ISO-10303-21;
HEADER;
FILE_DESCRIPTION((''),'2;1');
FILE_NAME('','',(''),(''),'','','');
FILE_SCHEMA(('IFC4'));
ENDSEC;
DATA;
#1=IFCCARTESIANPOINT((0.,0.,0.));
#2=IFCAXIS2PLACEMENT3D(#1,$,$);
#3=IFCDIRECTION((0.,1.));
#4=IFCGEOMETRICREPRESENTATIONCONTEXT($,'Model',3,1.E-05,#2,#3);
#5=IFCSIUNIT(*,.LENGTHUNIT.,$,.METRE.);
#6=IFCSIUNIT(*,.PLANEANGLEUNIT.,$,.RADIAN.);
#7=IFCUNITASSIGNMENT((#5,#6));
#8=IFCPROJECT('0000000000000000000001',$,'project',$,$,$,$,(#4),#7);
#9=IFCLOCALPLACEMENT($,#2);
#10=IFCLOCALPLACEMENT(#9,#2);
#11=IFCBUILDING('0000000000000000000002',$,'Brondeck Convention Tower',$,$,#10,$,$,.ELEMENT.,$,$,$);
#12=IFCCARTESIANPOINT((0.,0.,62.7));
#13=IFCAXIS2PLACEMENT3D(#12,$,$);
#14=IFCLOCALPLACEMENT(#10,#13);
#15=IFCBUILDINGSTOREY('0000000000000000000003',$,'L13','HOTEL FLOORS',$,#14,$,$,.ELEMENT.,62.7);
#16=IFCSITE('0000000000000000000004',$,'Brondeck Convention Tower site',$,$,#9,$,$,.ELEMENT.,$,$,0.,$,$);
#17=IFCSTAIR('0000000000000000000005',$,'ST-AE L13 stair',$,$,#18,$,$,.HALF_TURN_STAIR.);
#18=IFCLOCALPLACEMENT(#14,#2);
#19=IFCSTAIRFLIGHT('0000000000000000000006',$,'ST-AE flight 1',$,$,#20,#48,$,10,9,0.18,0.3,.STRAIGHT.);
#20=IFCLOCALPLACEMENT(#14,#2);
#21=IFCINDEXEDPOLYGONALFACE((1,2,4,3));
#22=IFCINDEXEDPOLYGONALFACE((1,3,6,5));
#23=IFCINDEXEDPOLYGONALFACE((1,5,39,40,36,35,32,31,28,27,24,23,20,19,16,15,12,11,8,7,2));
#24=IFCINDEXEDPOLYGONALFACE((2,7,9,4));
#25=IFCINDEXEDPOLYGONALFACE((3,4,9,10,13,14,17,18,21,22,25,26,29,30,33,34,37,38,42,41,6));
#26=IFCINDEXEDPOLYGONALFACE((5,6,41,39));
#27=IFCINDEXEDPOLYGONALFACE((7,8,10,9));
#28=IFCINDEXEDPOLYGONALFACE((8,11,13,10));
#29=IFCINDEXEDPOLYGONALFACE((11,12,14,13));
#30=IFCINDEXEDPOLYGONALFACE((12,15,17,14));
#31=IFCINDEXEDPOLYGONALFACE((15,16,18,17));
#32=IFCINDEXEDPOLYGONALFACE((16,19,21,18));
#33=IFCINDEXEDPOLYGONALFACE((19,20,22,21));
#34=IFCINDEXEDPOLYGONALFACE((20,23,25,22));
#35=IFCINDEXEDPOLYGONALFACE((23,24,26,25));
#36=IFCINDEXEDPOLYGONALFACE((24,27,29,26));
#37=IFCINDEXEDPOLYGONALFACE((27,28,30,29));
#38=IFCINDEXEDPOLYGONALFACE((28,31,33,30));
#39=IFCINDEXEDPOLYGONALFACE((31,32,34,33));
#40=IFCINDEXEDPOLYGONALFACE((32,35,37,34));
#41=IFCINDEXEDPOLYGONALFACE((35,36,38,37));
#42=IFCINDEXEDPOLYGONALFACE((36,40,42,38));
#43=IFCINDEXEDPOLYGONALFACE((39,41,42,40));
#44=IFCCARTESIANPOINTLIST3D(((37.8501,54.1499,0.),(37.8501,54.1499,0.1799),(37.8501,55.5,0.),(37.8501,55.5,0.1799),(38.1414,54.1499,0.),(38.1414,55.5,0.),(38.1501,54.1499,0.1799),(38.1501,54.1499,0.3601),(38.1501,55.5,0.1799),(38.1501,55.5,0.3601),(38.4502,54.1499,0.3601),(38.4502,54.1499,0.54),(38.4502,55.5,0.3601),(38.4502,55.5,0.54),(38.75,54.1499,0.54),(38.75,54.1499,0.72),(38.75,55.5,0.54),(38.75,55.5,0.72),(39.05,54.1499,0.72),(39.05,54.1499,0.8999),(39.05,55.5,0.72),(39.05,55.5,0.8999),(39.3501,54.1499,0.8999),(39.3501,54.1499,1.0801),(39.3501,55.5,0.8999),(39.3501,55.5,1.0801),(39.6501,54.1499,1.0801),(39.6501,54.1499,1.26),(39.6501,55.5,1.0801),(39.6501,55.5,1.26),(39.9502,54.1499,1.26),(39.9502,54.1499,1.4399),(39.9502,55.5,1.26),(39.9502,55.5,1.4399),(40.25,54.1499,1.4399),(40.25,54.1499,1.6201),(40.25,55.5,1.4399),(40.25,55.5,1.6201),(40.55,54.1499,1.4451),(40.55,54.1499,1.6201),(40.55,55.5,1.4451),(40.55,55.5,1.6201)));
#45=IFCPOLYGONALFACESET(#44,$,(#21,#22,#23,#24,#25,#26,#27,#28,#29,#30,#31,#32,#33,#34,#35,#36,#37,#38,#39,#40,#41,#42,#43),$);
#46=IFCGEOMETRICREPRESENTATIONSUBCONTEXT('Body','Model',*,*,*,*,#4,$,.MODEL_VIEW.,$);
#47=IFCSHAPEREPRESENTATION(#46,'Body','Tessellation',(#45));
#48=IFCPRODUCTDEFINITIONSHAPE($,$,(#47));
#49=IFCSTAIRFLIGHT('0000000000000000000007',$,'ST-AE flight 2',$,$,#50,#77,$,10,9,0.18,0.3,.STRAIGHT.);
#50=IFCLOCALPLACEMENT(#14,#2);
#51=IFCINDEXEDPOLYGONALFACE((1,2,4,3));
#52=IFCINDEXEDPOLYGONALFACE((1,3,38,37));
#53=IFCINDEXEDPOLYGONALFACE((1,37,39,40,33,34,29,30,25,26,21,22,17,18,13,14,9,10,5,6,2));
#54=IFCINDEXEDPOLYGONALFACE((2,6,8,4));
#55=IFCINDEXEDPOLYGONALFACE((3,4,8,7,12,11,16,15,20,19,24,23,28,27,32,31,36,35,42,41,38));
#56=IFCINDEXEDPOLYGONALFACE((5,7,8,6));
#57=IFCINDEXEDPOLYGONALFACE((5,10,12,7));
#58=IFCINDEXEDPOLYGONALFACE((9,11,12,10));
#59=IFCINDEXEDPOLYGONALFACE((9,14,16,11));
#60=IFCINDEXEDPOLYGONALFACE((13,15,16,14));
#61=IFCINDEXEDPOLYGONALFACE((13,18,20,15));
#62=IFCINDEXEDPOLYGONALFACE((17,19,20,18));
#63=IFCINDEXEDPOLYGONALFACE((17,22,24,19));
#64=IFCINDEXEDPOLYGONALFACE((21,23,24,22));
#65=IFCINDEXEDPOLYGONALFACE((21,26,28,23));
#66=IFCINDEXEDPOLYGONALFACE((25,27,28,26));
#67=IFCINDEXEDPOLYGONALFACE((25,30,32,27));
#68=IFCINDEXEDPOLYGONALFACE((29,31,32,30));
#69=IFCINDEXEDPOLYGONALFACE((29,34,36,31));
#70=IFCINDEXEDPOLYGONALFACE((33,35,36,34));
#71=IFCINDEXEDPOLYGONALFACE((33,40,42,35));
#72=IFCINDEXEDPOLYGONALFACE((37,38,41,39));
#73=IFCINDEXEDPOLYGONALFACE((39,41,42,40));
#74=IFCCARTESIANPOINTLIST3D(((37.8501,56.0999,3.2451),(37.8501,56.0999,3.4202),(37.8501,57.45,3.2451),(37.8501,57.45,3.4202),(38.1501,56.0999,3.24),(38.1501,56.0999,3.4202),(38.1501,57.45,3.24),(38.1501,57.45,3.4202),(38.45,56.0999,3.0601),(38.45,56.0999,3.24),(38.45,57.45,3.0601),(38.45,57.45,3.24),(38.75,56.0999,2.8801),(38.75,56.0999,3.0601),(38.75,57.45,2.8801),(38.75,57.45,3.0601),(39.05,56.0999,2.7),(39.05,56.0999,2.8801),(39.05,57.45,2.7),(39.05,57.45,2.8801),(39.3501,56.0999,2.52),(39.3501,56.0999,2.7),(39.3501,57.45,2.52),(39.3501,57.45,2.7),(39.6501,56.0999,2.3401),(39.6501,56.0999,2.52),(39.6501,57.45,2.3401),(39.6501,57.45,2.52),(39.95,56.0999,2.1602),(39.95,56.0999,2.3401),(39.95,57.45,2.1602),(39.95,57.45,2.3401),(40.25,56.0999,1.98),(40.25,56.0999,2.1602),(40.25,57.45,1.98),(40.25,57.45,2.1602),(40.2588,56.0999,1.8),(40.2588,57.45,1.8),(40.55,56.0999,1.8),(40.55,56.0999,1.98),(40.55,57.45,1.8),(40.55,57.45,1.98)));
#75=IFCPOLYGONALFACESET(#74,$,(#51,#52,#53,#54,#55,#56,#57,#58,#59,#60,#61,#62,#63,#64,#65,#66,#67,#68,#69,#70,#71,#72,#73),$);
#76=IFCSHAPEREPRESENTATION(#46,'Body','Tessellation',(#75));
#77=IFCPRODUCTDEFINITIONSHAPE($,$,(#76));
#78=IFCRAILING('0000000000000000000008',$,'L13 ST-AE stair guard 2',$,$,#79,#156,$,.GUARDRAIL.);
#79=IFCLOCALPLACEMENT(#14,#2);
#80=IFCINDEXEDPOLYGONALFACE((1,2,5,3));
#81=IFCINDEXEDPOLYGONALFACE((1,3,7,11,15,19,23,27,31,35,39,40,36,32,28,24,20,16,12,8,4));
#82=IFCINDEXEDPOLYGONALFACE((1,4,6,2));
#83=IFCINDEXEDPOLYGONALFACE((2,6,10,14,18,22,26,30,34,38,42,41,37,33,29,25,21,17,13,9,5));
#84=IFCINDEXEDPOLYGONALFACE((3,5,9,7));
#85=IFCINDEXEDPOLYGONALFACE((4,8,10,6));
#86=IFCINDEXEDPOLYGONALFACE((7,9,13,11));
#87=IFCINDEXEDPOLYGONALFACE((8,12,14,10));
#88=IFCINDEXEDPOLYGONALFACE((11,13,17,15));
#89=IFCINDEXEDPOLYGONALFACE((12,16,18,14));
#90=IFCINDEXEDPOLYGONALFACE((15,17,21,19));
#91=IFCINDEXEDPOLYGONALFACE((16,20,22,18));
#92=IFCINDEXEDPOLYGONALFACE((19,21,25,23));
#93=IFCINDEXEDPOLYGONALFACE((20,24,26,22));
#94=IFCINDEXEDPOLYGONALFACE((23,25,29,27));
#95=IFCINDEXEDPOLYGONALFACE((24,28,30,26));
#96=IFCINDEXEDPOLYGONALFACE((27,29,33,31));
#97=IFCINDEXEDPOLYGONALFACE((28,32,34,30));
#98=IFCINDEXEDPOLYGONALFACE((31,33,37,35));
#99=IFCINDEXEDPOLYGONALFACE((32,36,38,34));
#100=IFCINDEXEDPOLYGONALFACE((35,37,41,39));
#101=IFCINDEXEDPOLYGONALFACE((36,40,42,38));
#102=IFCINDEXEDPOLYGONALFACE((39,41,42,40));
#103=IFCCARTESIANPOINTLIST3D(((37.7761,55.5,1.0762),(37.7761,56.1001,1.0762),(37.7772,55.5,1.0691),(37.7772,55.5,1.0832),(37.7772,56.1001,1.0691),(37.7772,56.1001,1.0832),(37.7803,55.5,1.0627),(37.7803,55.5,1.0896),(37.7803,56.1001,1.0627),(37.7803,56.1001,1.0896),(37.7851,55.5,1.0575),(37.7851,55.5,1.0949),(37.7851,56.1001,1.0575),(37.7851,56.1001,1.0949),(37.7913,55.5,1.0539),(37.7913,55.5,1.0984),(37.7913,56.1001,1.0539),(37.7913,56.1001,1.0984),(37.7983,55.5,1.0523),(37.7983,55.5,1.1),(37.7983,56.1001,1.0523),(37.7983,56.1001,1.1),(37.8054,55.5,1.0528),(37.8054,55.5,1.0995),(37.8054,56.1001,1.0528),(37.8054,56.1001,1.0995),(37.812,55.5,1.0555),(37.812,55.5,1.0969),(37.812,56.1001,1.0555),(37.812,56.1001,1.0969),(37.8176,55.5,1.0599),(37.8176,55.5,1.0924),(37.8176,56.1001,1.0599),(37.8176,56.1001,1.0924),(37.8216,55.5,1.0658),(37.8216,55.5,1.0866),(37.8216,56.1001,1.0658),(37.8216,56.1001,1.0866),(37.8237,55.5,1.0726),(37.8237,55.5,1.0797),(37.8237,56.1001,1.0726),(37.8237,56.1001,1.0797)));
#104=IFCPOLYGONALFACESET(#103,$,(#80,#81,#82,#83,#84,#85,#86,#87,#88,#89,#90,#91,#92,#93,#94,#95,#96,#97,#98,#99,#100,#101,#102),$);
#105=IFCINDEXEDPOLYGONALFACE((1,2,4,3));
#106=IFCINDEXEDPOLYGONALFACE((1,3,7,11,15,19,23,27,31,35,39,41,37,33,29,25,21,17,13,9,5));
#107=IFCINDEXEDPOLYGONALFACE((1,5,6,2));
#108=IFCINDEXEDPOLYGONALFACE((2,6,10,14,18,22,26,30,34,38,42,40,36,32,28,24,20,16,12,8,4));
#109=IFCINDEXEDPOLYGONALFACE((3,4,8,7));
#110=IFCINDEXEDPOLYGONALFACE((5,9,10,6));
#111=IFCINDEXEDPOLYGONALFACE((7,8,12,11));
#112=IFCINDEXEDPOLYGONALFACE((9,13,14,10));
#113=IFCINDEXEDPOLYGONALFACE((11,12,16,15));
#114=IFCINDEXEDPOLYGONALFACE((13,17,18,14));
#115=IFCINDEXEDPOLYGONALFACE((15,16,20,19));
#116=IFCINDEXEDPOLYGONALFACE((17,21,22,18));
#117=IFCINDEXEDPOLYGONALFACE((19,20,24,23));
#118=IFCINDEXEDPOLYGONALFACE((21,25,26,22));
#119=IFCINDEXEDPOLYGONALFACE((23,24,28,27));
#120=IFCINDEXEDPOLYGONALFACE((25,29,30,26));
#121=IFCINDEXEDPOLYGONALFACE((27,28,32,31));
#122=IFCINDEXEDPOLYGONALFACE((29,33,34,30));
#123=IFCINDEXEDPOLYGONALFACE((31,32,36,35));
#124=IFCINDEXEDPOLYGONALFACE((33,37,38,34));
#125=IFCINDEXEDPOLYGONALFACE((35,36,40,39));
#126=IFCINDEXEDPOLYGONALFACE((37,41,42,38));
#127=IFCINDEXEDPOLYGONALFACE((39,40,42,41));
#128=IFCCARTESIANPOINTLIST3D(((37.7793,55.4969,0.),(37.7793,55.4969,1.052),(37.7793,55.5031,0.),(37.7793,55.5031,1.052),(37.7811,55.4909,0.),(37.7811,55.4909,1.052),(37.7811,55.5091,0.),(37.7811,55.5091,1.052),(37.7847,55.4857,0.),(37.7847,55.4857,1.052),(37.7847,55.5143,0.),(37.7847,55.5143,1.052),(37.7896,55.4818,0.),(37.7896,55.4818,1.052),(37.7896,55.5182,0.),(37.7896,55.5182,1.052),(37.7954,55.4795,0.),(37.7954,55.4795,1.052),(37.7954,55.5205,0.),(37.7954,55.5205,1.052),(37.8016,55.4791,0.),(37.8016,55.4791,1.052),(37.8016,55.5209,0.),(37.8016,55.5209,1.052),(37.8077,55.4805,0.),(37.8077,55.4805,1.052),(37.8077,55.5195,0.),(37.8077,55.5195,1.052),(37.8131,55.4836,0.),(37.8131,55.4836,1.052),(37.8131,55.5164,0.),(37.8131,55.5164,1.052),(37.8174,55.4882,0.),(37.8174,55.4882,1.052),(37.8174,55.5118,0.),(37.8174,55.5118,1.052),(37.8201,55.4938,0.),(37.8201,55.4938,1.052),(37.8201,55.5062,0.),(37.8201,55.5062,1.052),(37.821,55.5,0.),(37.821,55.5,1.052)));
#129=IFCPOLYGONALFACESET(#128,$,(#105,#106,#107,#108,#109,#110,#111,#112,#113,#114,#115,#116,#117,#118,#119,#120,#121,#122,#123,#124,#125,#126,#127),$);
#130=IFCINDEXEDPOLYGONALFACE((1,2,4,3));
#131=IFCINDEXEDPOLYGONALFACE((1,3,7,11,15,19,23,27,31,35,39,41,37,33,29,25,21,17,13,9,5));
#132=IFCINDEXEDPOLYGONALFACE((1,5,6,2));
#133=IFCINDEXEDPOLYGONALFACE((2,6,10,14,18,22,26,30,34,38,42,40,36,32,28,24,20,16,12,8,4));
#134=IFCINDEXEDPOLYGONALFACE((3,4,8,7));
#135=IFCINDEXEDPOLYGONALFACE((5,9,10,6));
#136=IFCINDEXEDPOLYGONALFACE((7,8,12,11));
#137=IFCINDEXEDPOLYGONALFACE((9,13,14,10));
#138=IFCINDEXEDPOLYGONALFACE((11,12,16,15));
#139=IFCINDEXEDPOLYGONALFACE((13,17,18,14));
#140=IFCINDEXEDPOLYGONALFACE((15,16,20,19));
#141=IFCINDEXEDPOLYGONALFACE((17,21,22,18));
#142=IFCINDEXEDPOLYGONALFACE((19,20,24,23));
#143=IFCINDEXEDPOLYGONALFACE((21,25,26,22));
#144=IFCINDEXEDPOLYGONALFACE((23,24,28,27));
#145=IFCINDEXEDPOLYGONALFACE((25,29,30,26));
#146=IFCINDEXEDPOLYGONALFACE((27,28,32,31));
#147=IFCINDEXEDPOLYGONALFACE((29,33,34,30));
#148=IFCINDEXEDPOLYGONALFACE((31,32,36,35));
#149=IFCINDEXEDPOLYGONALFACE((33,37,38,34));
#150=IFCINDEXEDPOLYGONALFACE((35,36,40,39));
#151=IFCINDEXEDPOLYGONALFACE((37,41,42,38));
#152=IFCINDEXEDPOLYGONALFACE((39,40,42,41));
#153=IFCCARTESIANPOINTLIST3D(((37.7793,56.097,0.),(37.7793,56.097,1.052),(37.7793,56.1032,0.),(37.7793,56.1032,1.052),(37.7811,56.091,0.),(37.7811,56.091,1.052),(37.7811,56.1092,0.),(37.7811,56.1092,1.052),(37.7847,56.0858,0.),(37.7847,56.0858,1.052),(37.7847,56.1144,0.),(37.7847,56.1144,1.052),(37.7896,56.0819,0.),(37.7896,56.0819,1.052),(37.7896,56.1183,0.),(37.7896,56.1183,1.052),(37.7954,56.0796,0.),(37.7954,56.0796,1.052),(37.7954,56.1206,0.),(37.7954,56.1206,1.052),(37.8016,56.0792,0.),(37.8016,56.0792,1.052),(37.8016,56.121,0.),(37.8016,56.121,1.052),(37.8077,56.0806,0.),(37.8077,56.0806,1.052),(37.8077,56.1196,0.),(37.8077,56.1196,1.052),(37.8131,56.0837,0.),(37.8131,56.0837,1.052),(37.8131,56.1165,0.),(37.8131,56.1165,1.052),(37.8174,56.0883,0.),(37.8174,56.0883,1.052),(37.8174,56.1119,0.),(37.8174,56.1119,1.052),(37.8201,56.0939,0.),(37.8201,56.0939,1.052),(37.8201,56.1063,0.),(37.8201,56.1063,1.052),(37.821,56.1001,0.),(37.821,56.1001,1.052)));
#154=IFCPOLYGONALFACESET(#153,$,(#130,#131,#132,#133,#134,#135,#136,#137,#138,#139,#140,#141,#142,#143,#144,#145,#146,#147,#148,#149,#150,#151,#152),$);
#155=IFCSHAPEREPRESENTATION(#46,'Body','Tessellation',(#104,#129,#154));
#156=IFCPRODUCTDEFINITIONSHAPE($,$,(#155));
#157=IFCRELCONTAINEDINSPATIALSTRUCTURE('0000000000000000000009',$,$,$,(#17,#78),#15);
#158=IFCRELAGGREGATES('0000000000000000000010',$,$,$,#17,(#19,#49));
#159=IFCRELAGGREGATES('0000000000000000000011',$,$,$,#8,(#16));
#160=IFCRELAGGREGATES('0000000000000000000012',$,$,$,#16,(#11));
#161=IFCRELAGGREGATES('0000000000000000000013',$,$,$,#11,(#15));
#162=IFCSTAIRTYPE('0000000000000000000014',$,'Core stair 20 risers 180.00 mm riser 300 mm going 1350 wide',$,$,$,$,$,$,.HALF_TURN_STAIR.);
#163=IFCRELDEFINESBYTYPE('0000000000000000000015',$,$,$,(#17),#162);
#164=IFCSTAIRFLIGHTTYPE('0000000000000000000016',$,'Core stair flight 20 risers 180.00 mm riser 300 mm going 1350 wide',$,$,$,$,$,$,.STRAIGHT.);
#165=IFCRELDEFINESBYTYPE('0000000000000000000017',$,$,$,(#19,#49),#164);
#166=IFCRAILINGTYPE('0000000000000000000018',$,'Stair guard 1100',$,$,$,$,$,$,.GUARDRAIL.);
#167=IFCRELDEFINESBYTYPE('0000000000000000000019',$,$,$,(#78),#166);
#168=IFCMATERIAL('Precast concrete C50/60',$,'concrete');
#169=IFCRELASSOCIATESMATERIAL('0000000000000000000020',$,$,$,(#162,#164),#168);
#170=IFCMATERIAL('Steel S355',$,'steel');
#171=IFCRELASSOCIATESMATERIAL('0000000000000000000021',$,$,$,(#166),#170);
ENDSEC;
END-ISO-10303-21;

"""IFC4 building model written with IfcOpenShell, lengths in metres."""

from ifc_helpers import new_model, si_unit, direction, frame, origin, origin_2d, place, context, subcontext, project, spatial, polyline, circle, outline, extrude, material, type_object, element, aggregate, save


model = new_model("IFC4")

# Units and contexts
model_context = context("Model", 3, precision=1e-05, world=origin(), true_north=direction((0.0, 1.0)))
body_context = subcontext(model_context, "Body", "Model", "MODEL_VIEW")
ifc_project = project(units=[si_unit("LENGTHUNIT", "METRE"), si_unit("PLANEANGLEUNIT", "RADIAN")], contexts=[model_context])

# Site, building, storey
site_placement = place(None, origin())
site = spatial("IfcSite", under=ifc_project, at=site_placement, Name="Brondeck Convention Tower site", CompositionType="ELEMENT", RefElevation=0.0)
building_placement = place(site_placement, origin())
building = spatial("IfcBuilding", under=site, at=building_placement, Name="Brondeck Convention Tower", CompositionType="ELEMENT")
storey_placement = place(building_placement, frame((0.0, 0.0, 62.7)))
storey = spatial("IfcBuildingStorey", under=building, at=storey_placement, Name="L13", Description="HOTEL FLOORS", CompositionType="ELEMENT", Elevation=62.7)

# Stair, stair flights
ifc_material_1 = material(Name="Precast concrete C50/60", Category="concrete")
stair_type = type_object("IfcStairType", Name="Core stair 20 risers 180.00 mm riser 300 mm going 1350 wide", PredefinedType="HALF_TURN_STAIR", material=ifc_material_1)
stair_placement = place(storey_placement, origin())
stair = element("IfcStair", 1, at=stair_placement, inside=storey, type_object=stair_type, Name="ST-AE L13 stair", PredefinedType="HALF_TURN_STAIR")
stair_flight_type = type_object("IfcStairFlightType", Name="Core stair flight 20 risers 180.00 mm riser 300 mm going 1350 wide", PredefinedType="STRAIGHT", material=ifc_material_1)
stair_flight_1_placement = place(storey_placement, frame((37.8501, 54.825, 0.0), z_axis=(0.0, 0.0, 1.0), x_axis=(1.0, 0.0, 0.0)))
stair_flight_1 = element("IfcStairFlight", 2, at=stair_flight_1_placement, type_object=stair_flight_type, Name="ST-AE flight 1", NumberOfRisers=10, NumberOfTreads=9, PredefinedType="STRAIGHT", RiserHeight=0.18, TreadLength=0.3, context=body_context, shape_type="SweptSolid", body=[
    extrude(outline(polyline([(0.0, 0.0), (0.0, 0.1799), (0.3, 0.1799), (0.3, 0.3601), (0.6001, 0.3601), (0.6001, 0.54), (0.8999, 0.54), (0.8999, 0.72), (1.2, 0.72), (1.2, 0.8999), (1.5, 0.8999), (1.5, 1.0801), (1.8, 1.0801), (1.8, 1.26), (2.1001, 1.26), (2.1001, 1.4399), (2.3999, 1.4399), (2.3999, 1.6201), (2.7, 1.6201), (2.7, 1.8), (2.7, 1.4451), (0.2913, 0.0), (0.0, 0.0)])), frame((0.0, 0.675, 0.0), z_axis=(0.0, -1.0, 0.0), x_axis=(1.0, 0.0, 0.0)), (0.0, 0.0, 1.0), 1.3501),
])
stair_flight_2_placement = place(storey_placement, frame((40.55, 56.7749, 1.8), z_axis=(0.0, 0.0, 1.0), x_axis=(-1.0, 0.0, 0.0)))
stair_flight_2 = element("IfcStairFlight", 3, at=stair_flight_2_placement, type_object=stair_flight_type, Name="ST-AE flight 2", NumberOfRisers=10, NumberOfTreads=9, PredefinedType="STRAIGHT", RiserHeight=0.18, TreadLength=0.3, context=body_context, shape_type="SweptSolid", body=[
    extrude(outline(polyline([(0.0, 0.0), (0.0, 0.1799), (0.3, 0.1799), (0.3, 0.3601), (0.6001, 0.3601), (0.6001, 0.54), (0.8999, 0.54), (0.8999, 0.72), (1.2, 0.72), (1.2, 0.8999), (1.5, 0.8999), (1.5, 1.0801), (1.8, 1.0801), (1.8, 1.26), (2.1001, 1.26), (2.1001, 1.4399), (2.3999, 1.4399), (2.3999, 1.6201), (2.7, 1.6201), (2.7, 1.8), (2.7, 1.4451), (0.2913, 0.0), (0.0, 0.0)])), frame((0.0, 0.675, 0.0), z_axis=(0.0, -1.0, 0.0), x_axis=(1.0, 0.0, 0.0)), (0.0, 0.0, 1.0), 1.3501),
])
aggregate(stair, [stair_flight_1, stair_flight_2])

# Railing
ifc_material_2 = material(Name="Steel S355", Category="steel")
railing_type_1 = type_object("IfcRailingType", Name="Stair guard 1100", PredefinedType="GUARDRAIL", material=ifc_material_2)
railing_1_placement = place(storey_placement, frame((37.8, 55.5, 0.0)))
element("IfcRailing", 4, at=railing_1_placement, inside=storey, type_object=railing_type_1, Name="L13 ST-AE stair guard 2", PredefinedType="GUARDRAIL", context=body_context, shape_type="SweptSolid", body=[
    extrude(circle(Radius=0.0239, at=origin_2d()), frame((0.0, 0.0, 1.0762), z_axis=(0.0, 1.0, 0.0), x_axis=(-1.0, 0.0, 0.0)), (0.0, 0.0, 1.0), 0.6001),
    extrude(circle(Radius=0.021, at=origin_2d()), origin(), (0.0, 0.0, 1.0), 1.052),
    extrude(circle(Radius=0.021, at=origin_2d()), frame((0.0, 0.6001, 0.0)), (0.0, 0.0, 1.0), 1.052),
])

save(model, "model.ifc")
